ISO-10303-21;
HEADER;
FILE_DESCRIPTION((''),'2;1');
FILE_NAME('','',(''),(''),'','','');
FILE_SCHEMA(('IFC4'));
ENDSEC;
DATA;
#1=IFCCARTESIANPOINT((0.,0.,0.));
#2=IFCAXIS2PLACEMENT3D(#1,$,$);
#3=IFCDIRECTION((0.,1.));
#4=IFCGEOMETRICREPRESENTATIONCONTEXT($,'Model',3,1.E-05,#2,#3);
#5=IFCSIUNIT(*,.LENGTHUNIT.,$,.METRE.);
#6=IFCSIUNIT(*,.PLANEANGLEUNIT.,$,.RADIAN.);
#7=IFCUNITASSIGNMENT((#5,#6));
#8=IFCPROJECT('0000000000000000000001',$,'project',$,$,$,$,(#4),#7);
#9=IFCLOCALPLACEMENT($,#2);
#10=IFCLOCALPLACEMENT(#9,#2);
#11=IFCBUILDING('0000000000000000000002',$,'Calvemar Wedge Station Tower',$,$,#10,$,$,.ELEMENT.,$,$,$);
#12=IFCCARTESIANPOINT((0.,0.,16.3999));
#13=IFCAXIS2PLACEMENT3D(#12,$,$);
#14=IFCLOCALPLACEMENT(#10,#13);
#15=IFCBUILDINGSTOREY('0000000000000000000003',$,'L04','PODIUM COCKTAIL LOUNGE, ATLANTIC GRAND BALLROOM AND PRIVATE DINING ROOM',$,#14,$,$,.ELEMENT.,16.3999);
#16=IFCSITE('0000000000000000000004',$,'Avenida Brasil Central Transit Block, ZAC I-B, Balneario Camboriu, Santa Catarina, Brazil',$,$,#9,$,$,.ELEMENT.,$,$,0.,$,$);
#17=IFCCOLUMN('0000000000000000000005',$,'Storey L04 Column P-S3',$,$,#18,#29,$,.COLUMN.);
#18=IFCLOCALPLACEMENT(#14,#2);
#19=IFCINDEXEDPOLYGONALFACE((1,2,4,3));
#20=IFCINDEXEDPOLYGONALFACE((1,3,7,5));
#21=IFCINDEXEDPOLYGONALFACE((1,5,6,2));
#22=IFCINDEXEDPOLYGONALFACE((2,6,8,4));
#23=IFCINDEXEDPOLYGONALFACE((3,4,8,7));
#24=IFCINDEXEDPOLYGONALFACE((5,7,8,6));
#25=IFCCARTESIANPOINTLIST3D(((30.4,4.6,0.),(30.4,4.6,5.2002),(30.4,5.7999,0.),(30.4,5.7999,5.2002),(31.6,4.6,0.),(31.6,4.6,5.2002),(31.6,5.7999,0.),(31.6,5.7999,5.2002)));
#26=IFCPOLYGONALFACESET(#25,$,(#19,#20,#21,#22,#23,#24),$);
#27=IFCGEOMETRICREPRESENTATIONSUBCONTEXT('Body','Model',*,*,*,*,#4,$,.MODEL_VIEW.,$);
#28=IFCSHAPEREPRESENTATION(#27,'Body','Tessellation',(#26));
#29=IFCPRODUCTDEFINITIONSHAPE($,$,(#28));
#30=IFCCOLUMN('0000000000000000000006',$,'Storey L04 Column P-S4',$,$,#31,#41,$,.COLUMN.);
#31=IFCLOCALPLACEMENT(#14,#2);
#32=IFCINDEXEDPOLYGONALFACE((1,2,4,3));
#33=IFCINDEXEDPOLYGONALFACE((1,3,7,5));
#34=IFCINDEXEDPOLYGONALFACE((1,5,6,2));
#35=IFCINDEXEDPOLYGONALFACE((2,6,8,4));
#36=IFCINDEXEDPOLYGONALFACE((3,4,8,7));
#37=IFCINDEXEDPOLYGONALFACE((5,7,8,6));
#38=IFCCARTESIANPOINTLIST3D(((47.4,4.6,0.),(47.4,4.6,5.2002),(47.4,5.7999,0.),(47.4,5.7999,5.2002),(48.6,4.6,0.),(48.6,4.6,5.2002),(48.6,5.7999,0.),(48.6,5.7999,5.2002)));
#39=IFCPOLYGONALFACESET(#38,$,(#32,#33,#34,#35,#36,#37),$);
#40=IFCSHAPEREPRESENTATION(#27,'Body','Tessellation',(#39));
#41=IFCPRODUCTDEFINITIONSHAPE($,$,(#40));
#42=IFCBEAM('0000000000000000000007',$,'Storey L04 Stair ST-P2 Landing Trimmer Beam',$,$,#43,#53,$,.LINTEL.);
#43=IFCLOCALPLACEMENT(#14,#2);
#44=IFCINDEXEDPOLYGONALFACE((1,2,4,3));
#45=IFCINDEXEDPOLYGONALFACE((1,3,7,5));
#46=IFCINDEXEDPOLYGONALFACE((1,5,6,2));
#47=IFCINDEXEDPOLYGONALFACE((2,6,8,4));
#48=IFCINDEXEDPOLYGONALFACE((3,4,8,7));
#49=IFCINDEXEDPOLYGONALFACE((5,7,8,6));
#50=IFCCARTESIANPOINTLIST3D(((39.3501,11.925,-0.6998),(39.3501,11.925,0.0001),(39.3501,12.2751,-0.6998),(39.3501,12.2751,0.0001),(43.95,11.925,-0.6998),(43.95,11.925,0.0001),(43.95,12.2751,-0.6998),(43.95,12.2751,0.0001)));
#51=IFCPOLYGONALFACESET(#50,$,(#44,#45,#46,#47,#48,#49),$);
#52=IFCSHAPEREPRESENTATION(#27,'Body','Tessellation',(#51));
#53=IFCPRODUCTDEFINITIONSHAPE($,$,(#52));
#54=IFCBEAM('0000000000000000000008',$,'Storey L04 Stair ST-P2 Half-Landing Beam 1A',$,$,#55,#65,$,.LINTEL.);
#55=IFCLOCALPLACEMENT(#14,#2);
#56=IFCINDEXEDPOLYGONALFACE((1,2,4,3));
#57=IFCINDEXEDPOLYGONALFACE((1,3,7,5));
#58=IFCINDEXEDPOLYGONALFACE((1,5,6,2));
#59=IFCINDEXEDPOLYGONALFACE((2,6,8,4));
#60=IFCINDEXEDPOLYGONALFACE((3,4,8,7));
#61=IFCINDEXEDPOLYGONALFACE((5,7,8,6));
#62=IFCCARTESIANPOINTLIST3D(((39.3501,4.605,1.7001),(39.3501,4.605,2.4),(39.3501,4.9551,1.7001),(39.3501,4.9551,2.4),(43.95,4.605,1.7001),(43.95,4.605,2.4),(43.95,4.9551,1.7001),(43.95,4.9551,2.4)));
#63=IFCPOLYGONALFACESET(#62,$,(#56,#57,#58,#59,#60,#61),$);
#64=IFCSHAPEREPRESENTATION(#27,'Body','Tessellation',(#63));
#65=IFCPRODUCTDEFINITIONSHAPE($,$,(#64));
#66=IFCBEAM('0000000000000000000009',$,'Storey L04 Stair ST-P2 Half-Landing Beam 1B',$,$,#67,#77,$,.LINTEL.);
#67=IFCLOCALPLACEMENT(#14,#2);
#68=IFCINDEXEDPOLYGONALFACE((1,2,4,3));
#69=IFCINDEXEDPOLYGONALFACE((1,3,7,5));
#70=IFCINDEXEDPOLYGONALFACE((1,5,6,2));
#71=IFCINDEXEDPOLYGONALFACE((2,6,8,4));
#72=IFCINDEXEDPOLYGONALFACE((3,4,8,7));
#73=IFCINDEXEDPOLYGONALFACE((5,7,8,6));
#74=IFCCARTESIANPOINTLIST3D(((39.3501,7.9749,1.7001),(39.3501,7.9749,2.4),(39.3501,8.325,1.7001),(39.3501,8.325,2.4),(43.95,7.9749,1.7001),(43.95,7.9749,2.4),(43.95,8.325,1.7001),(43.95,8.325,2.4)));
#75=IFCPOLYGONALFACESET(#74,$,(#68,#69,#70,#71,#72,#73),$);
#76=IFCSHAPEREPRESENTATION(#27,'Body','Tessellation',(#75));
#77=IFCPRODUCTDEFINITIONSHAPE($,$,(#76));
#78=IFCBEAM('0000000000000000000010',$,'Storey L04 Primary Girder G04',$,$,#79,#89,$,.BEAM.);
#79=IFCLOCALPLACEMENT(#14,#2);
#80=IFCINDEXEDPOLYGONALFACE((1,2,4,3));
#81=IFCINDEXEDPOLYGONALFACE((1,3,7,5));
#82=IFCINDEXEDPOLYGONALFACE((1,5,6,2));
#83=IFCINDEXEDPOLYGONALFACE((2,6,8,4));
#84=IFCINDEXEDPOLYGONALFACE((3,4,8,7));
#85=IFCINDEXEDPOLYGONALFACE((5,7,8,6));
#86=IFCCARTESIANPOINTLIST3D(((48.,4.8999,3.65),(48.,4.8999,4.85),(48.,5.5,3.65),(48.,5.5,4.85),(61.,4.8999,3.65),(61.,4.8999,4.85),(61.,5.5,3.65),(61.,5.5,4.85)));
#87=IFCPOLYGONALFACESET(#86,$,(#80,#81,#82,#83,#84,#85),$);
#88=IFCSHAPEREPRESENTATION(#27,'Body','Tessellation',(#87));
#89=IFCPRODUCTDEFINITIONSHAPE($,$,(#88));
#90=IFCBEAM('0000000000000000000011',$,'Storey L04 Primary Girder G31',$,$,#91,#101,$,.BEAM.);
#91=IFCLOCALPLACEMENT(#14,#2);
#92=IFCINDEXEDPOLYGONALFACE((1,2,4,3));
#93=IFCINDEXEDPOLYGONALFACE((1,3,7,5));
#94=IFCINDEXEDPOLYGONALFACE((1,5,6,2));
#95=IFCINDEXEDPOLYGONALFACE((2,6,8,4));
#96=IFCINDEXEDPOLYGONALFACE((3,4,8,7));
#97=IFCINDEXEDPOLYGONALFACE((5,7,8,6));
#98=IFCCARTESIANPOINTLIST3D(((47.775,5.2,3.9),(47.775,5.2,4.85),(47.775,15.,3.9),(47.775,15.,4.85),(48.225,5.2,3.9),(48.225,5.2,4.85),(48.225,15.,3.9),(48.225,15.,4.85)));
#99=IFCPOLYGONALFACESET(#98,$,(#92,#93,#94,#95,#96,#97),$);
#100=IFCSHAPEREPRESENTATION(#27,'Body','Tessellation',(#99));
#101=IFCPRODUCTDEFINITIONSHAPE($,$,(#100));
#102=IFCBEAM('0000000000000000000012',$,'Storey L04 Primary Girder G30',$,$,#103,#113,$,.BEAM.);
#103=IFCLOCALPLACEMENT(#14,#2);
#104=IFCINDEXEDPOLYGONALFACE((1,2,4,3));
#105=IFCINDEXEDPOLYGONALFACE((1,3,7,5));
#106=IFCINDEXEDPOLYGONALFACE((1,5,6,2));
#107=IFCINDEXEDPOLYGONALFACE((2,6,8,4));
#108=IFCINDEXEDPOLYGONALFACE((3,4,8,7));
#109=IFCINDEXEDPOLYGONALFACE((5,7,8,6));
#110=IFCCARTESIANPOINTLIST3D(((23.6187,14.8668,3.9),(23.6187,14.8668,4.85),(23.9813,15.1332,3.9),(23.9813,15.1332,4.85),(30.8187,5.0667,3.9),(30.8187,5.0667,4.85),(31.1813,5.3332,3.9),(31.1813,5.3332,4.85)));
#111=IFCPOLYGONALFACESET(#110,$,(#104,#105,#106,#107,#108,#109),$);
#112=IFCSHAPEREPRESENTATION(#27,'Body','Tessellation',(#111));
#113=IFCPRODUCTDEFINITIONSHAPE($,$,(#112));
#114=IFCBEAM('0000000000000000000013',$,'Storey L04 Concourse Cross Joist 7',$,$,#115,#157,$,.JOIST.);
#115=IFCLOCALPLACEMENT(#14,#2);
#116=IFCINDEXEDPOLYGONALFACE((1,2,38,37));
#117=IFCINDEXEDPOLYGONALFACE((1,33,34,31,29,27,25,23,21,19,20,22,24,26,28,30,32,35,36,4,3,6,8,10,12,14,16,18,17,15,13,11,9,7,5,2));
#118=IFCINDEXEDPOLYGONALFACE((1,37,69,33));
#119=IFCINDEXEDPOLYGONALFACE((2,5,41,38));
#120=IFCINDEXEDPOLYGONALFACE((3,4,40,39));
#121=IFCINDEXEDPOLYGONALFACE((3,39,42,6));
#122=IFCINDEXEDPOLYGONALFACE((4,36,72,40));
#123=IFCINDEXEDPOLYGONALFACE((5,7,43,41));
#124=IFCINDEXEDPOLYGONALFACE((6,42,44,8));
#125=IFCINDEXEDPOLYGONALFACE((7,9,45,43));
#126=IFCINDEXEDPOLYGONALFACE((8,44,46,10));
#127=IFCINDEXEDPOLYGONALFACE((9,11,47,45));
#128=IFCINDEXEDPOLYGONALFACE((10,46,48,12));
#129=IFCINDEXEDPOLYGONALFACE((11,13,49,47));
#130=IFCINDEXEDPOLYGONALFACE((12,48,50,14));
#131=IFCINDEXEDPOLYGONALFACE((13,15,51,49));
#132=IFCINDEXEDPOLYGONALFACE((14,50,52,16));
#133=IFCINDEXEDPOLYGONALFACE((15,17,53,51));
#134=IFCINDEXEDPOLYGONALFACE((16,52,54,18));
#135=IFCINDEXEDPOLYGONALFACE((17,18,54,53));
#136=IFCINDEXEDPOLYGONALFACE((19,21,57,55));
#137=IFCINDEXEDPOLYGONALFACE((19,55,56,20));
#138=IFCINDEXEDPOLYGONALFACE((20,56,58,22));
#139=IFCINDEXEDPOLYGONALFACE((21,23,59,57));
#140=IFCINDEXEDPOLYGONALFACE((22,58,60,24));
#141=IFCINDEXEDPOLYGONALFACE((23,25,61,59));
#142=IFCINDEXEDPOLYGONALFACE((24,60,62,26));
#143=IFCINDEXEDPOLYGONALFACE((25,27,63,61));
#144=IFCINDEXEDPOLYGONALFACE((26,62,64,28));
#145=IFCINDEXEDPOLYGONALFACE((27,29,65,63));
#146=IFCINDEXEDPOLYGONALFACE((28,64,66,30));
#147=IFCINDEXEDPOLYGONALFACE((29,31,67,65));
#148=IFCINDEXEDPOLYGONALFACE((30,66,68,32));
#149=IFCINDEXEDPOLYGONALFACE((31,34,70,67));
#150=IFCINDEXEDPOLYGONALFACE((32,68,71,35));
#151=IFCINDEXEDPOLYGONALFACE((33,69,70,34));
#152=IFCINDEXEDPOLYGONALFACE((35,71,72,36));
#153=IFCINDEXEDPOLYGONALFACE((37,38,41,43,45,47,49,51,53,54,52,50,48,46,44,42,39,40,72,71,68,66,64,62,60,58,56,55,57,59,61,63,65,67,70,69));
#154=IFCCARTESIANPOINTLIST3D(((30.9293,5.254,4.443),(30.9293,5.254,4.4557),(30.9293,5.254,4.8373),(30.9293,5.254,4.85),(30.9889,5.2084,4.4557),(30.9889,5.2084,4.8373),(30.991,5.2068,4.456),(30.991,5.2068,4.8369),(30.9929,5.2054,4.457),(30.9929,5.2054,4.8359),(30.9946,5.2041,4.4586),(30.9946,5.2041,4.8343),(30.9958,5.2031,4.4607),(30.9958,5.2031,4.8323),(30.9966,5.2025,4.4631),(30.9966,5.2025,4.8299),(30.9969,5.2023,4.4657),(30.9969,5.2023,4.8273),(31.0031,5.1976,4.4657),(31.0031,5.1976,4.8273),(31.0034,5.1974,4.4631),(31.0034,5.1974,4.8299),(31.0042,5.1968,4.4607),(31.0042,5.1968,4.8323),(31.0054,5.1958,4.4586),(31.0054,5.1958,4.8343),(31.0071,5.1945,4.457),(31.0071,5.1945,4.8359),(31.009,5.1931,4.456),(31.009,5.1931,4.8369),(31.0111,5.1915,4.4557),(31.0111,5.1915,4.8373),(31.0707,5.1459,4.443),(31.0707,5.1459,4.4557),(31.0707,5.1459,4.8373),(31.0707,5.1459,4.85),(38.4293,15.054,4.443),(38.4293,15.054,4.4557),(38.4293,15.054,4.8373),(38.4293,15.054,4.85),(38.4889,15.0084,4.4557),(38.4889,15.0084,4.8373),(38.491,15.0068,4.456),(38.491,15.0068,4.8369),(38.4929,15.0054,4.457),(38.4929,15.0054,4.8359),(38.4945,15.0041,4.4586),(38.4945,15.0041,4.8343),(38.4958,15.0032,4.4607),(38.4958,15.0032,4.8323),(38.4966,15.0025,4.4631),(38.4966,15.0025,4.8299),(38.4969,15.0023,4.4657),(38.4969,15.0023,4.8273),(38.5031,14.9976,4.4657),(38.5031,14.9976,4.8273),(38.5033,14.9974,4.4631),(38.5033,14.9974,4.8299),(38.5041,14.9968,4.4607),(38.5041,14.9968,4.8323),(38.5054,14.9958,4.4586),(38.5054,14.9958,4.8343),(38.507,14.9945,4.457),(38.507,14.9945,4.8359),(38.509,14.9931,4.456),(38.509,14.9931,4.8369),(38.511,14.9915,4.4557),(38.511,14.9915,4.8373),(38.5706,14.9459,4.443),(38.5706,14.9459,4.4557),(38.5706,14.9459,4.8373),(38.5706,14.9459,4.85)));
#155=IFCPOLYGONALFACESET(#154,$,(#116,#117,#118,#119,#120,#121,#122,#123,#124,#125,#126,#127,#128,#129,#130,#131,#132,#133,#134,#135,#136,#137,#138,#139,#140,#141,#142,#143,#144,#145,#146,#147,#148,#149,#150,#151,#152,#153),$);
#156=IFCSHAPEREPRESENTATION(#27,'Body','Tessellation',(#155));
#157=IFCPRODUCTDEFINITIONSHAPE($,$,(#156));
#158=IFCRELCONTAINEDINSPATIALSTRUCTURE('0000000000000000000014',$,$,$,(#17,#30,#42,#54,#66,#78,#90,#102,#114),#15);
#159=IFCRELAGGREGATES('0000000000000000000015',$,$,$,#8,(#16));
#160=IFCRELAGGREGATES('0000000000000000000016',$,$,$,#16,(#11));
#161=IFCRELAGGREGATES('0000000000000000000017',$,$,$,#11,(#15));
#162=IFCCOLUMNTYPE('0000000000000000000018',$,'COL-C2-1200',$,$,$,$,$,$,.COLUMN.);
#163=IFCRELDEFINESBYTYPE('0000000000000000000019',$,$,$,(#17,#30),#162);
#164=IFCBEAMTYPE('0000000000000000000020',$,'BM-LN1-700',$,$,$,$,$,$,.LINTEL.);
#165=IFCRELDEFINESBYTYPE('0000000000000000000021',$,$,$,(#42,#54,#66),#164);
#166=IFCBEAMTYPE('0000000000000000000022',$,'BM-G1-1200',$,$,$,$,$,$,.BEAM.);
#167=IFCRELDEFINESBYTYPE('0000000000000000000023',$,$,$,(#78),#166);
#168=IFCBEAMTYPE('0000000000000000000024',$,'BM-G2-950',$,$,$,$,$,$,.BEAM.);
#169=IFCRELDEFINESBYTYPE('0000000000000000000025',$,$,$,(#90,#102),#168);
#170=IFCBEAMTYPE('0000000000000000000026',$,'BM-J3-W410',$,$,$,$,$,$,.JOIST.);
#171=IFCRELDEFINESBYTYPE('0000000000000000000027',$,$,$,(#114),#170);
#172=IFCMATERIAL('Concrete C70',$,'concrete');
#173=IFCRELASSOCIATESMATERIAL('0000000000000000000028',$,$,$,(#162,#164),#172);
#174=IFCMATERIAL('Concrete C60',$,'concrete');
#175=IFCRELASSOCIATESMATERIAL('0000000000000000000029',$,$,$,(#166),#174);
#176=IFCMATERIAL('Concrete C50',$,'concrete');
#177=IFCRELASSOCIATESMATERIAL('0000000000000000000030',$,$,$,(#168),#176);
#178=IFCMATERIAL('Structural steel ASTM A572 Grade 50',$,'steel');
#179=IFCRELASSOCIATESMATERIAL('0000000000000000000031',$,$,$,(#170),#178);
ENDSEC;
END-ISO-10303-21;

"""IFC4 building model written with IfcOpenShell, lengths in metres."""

from ifc_helpers import new_model, si_unit, direction, frame, origin, origin_2d, place, context, subcontext, project, spatial, rectangle, i_section, extrude, source, transform, mapped, material, material_profile, profile_set, type_object, element, save


model = new_model("IFC4")

# Units and contexts
model_context = context("Model", 3, precision=1e-05, world=origin(), true_north=direction((0.0, 1.0)))
body_context = subcontext(model_context, "Body", "Model", "MODEL_VIEW")
ifc_project = project(units=[si_unit("LENGTHUNIT", "METRE"), si_unit("PLANEANGLEUNIT", "RADIAN")], contexts=[model_context])

# Site, building, storey
site_placement = place(None, origin())
site = spatial("IfcSite", under=ifc_project, at=site_placement, Name="Avenida Brasil Central Transit Block, ZAC I-B, Balneario Camboriu, Santa Catarina, Brazil", CompositionType="ELEMENT", RefElevation=0.0)
building_placement = place(site_placement, origin())
building = spatial("IfcBuilding", under=site, at=building_placement, Name="Calvemar Wedge Station Tower", CompositionType="ELEMENT")
storey_placement = place(building_placement, frame((0.0, 0.0, 16.3999)))
storey = spatial("IfcBuildingStorey", under=building, at=storey_placement, Name="L04", Description="PODIUM COCKTAIL LOUNGE, ATLANTIC GRAND BALLROOM AND PRIVATE DINING ROOM", CompositionType="ELEMENT", Elevation=16.3999)

# Columns
ifc_material_1 = material(Name="Concrete C70", Category="concrete")
ifc_material_profile_1 = material_profile(ifc_material_1, rectangle(XDim=1.2, YDim=1.2, at=origin_2d()), Name="RC1200x1200")
ifc_profile_set_1 = profile_set([ifc_material_profile_1], Name="Concrete C70")
column_type = type_object("IfcColumnType", Name="COL-C2-1200", PredefinedType="COLUMN", material=ifc_profile_set_1)
shared_shape_1 = source(origin(), body_context, "Body", "SweptSolid", [
    extrude(rectangle(XDim=1.2, YDim=1.2, at=origin_2d()), origin(), (0.0, 0.0, 1.0), 5.2002),
])
for number, where, z_axis, x_axis, name in (
    (1, (31.0, 5.2, 0.0), (0.0, 0.0, 1.0), (1.0, 0.0, 0.0), "Storey L04 Column P-S3"),
    (2, (48.0, 5.2, 0.0), (0.0, 0.0, 1.0), (1.0, 0.0, 0.0), "Storey L04 Column P-S4"),
):
    element("IfcColumn", number, at=place(storey_placement, frame(where, z_axis=z_axis, x_axis=x_axis)), inside=storey, type_object=column_type, Name=name, PredefinedType="COLUMN", context=body_context, shape_type="MappedRepresentation", body=[
        mapped(shared_shape_1, transform((0.0, 0.0, 0.0), scale=1.0)),
    ])

# Beams
ifc_material_profile_2 = material_profile(ifc_material_1, rectangle(XDim=0.3501, YDim=0.7, at=origin_2d()), Name="RC350x700")
ifc_profile_set_2 = profile_set([ifc_material_profile_2], Name="Concrete C70")
beam_type_1 = type_object("IfcBeamType", Name="BM-LN1-700", PredefinedType="LINTEL", material=ifc_profile_set_2)
shared_shape_2 = source(origin(), body_context, "Body", "SweptSolid", [
    extrude(rectangle(XDim=0.3501, YDim=0.7, at=origin_2d()), origin(), (0.0, 0.0, 1.0), 4.5999),
])
for number, where, z_axis, x_axis, name in (
    (3, (39.3501, 12.1001, -0.3499), (1.0, 0.0, 0.0), (0.0, 1.0, 0.0), "Storey L04 Stair ST-P2 Landing Trimmer Beam"),
    (4, (39.3501, 4.78, 2.05), (1.0, 0.0, 0.0), (0.0, 1.0, 0.0), "Storey L04 Stair ST-P2 Half-Landing Beam 1A"),
    (5, (39.3501, 8.1499, 2.05), (1.0, 0.0, 0.0), (0.0, 1.0, 0.0), "Storey L04 Stair ST-P2 Half-Landing Beam 1B"),
):
    element("IfcBeam", number, at=place(storey_placement, frame(where, z_axis=z_axis, x_axis=x_axis)), inside=storey, type_object=beam_type_1, Name=name, PredefinedType="LINTEL", context=body_context, shape_type="MappedRepresentation", body=[
        mapped(shared_shape_2, transform((0.0, 0.0, 0.0), scale=1.0)),
    ])
ifc_material_2 = material(Name="Concrete C60", Category="concrete")
ifc_material_profile_3 = material_profile(ifc_material_2, rectangle(XDim=0.6001, YDim=1.2, at=origin_2d()), Name="RC600x1200")
ifc_profile_set_3 = profile_set([ifc_material_profile_3], Name="Concrete C60")
beam_type_2 = type_object("IfcBeamType", Name="BM-G1-1200", PredefinedType="BEAM", material=ifc_profile_set_3)
shared_shape_3 = source(origin(), body_context, "Body", "SweptSolid", [
    extrude(rectangle(XDim=0.6001, YDim=1.2, at=origin_2d()), origin(), (0.0, 0.0, 1.0), 13.0),
])
beam_1_placement = place(storey_placement, frame((48.0, 5.2, 4.25), z_axis=(1.0, 0.0, 0.0), x_axis=(0.0, 1.0, 0.0)))
element("IfcBeam", 6, at=beam_1_placement, inside=storey, type_object=beam_type_2, Name="Storey L04 Primary Girder G04", PredefinedType="BEAM", context=body_context, shape_type="MappedRepresentation", body=[
    mapped(shared_shape_3, transform((0.0, 0.0, 0.0), scale=1.0)),
])
ifc_material_3 = material(Name="Concrete C50", Category="concrete")
ifc_material_profile_4 = material_profile(ifc_material_3, rectangle(XDim=0.45, YDim=0.95, at=origin_2d()), Name="RC450x950")
ifc_profile_set_4 = profile_set([ifc_material_profile_4], Name="Concrete C50")
beam_type_3 = type_object("IfcBeamType", Name="BM-G2-950", PredefinedType="BEAM", material=ifc_profile_set_4)
shared_shape_4 = source(origin(), body_context, "Body", "SweptSolid", [
    extrude(rectangle(XDim=0.45, YDim=0.95, at=origin_2d()), origin(), (0.0, 0.0, 1.0), 9.8),
])
beam_2_placement = place(storey_placement, frame((48.0, 5.2, 4.375), z_axis=(0.0, 1.0, 0.0), x_axis=(-1.0, 0.0, 0.0)))
element("IfcBeam", 7, at=beam_2_placement, inside=storey, type_object=beam_type_3, Name="Storey L04 Primary Girder G31", PredefinedType="BEAM", context=body_context, shape_type="MappedRepresentation", body=[
    mapped(shared_shape_4, transform((0.0, 0.0, 0.0), scale=1.0)),
])
shared_shape_5 = source(origin(), body_context, "Body", "SweptSolid", [
    extrude(rectangle(XDim=0.45, YDim=0.95, at=origin_2d()), origin(), (0.0, 0.0, 1.0), 12.1606),
])
beam_3_placement = place(storey_placement, frame((31.0, 5.2, 4.375), z_axis=(-0.592072, 0.805885, 0.0), x_axis=(-0.805885, -0.592072, 0.0)))
element("IfcBeam", 8, at=beam_3_placement, inside=storey, type_object=beam_type_3, Name="Storey L04 Primary Girder G30", PredefinedType="BEAM", context=body_context, shape_type="MappedRepresentation", body=[
    mapped(shared_shape_5, transform((0.0, 0.0, 0.0), scale=1.0)),
])
ifc_material_4 = material(Name="Structural steel ASTM A572 Grade 50", Category="steel")
ifc_material_profile_5 = material_profile(ifc_material_4, i_section(OverallWidth=0.178, OverallDepth=0.407, WebThickness=0.0078, FlangeThickness=0.0127, FilletRadius=0.01, at=origin_2d()), Name="W410x60")
ifc_profile_set_5 = profile_set([ifc_material_profile_5], Name="Structural steel ASTM A572 Grade 50")
beam_type_4 = type_object("IfcBeamType", Name="BM-J3-W410", PredefinedType="JOIST", material=ifc_profile_set_5)
shared_shape_6 = source(origin(), body_context, "Body", "SweptSolid", [
    extrude(i_section(OverallWidth=0.178, OverallDepth=0.407, WebThickness=0.0078, FlangeThickness=0.0127, FilletRadius=0.01, at=origin_2d()), origin(), (0.0, 0.0, 1.0), 12.3406),
])
beam_4_placement = place(storey_placement, frame((31.0, 5.2, 4.6465), z_axis=(0.607749, 0.794129, 0.0), x_axis=(-0.794129, 0.607749, 0.0)))
element("IfcBeam", 9, at=beam_4_placement, inside=storey, type_object=beam_type_4, Name="Storey L04 Concourse Cross Joist 7", PredefinedType="JOIST", context=body_context, shape_type="MappedRepresentation", body=[
    mapped(shared_shape_6, transform((0.0, 0.0, 0.0), scale=1.0)),
])

save(model, "model.ifc")
